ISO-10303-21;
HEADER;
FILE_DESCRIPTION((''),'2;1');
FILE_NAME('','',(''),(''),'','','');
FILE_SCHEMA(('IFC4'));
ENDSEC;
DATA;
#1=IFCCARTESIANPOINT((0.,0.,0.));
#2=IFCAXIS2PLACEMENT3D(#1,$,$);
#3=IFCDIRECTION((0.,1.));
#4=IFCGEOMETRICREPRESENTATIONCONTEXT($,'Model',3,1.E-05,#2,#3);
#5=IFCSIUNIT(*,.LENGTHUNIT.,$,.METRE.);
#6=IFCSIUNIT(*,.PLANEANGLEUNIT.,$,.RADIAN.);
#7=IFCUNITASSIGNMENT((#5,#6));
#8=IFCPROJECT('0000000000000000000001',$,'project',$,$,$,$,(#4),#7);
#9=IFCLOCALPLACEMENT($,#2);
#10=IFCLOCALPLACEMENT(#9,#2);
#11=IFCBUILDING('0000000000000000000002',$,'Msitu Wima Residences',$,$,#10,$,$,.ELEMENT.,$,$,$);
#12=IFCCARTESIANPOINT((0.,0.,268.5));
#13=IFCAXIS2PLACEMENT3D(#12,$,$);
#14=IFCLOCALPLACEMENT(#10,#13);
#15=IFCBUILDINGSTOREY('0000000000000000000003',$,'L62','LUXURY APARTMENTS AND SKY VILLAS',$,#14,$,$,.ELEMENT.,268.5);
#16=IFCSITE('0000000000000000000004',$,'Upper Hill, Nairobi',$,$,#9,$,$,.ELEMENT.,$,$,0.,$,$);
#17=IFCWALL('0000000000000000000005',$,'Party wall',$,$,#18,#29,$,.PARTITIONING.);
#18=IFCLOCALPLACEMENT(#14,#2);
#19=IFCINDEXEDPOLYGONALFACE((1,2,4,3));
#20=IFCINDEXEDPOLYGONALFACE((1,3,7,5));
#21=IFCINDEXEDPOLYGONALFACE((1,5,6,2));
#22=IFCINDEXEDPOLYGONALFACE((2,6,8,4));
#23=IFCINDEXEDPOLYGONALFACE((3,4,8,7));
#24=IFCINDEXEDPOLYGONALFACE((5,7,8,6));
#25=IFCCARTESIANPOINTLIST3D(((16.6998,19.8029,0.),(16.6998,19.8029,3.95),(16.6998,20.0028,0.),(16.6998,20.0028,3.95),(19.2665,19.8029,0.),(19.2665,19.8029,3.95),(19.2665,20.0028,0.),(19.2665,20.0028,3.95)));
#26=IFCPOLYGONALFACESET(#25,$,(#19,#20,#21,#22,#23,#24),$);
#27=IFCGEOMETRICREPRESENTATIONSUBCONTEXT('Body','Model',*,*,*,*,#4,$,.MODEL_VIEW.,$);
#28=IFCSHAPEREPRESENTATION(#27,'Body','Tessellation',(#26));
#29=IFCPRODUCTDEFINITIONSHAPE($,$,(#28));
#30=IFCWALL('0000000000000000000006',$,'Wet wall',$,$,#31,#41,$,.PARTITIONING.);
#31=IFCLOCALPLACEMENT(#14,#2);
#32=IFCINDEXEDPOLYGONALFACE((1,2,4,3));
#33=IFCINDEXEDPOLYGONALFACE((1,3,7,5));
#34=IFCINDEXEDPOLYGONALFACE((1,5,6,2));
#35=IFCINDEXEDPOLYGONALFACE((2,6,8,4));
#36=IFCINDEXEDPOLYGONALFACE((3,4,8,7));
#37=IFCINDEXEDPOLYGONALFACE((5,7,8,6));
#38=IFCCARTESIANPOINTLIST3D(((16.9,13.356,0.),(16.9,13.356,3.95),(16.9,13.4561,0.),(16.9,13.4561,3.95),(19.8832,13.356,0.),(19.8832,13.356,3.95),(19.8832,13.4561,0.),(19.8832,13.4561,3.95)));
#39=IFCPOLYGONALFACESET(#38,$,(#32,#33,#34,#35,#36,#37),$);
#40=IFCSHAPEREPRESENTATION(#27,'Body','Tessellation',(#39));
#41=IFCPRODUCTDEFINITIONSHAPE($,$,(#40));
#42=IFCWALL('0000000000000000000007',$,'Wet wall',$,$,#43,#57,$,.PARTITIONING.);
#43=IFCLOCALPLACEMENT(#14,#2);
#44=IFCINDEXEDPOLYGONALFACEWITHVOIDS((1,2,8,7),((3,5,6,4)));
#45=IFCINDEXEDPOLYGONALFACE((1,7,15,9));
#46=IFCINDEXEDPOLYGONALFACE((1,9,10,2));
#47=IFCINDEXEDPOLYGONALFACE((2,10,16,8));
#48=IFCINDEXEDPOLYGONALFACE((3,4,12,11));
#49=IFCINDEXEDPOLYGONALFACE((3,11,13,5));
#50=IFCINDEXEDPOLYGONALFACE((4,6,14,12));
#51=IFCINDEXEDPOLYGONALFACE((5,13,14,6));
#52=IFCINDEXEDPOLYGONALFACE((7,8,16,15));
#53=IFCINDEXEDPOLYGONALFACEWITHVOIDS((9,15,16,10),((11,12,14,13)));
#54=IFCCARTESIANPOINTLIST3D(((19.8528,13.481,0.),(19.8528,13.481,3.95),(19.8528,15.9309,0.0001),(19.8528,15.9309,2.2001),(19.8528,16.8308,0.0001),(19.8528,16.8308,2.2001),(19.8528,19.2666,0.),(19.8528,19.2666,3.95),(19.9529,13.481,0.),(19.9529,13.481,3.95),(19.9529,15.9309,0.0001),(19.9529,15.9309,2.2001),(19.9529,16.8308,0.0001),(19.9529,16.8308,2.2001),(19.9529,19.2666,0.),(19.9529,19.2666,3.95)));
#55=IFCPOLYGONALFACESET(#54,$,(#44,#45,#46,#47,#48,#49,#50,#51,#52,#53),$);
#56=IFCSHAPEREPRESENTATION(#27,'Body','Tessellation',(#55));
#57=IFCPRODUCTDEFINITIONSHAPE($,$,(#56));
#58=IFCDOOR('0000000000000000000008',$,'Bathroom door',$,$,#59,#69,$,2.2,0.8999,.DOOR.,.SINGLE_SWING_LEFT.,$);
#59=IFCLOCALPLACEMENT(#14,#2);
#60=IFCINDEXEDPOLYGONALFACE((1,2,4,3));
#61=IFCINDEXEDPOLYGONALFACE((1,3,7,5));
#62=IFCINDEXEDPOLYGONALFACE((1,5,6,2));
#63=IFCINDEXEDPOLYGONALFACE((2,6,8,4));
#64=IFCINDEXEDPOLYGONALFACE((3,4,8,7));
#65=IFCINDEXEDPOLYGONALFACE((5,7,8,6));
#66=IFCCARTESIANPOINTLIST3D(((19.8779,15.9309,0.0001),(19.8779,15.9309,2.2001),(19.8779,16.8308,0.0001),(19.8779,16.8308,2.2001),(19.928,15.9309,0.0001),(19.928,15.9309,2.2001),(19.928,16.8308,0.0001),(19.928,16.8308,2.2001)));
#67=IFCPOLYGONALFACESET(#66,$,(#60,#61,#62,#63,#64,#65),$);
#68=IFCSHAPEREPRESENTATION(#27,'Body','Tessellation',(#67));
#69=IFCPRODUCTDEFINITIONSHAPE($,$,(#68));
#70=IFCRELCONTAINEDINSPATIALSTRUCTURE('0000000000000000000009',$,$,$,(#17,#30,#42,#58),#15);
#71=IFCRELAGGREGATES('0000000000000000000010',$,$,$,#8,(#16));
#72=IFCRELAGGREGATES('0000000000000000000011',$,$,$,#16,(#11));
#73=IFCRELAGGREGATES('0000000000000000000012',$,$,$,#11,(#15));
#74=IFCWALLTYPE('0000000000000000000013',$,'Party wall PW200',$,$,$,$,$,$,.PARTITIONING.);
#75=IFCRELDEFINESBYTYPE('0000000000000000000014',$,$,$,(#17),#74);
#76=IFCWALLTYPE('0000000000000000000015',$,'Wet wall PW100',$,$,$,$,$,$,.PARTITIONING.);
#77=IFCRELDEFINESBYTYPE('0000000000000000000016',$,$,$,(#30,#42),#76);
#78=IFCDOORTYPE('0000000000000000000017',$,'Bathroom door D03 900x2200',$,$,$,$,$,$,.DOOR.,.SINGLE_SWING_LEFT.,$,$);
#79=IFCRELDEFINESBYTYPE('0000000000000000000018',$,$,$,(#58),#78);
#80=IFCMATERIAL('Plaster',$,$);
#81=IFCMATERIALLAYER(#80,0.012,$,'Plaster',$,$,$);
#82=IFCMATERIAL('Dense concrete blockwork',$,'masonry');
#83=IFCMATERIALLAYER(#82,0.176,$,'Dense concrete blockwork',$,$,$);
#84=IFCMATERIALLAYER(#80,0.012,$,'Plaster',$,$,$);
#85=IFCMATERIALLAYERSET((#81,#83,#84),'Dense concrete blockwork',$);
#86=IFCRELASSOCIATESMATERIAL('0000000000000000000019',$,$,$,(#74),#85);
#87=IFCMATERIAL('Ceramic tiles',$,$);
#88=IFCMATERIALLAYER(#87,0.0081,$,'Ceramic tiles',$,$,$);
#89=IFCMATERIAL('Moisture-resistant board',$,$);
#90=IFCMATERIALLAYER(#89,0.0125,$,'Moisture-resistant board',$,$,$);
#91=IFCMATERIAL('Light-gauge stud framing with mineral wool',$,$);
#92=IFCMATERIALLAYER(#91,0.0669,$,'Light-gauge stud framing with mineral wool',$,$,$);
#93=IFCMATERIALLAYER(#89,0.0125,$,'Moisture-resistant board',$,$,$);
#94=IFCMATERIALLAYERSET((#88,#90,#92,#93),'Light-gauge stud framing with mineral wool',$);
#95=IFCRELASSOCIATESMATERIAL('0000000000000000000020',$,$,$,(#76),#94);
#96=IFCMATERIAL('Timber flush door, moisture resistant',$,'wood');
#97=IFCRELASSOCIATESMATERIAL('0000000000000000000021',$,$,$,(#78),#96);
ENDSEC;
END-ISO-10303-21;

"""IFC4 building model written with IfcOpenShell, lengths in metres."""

from ifc_helpers import new_model, si_unit, direction, frame, frame_2d, origin, place, context, subcontext, project, spatial, rectangle, extrude, material, layer, layer_set, type_object, element, fill, save


model = new_model("IFC4")

# Units and contexts
model_context = context("Model", 3, precision=1e-05, world=origin(), true_north=direction((0.0, 1.0)))
body_context = subcontext(model_context, "Body", "Model", "MODEL_VIEW")
ifc_project = project(units=[si_unit("LENGTHUNIT", "METRE"), si_unit("PLANEANGLEUNIT", "RADIAN")], contexts=[model_context])

# Site, building, storey
site_placement = place(None, origin())
site = spatial("IfcSite", under=ifc_project, at=site_placement, Name="Upper Hill, Nairobi", CompositionType="ELEMENT", RefElevation=0.0)
building_placement = place(site_placement, origin())
building = spatial("IfcBuilding", under=site, at=building_placement, Name="Msitu Wima Residences", CompositionType="ELEMENT")
storey_placement = place(building_placement, frame((0.0, 0.0, 268.5)))
storey = spatial("IfcBuildingStorey", under=building, at=storey_placement, Name="L62", Description="LUXURY APARTMENTS AND SKY VILLAS", CompositionType="ELEMENT", Elevation=268.5)

# Shared definitions
ifc_material_1 = material(Name="Plaster")

# Walls
ifc_layer_1 = layer(ifc_material_1, 0.012, Name="Plaster")
ifc_material_2 = material(Name="Dense concrete blockwork", Category="masonry")
ifc_layer_2 = layer(ifc_material_2, 0.176, Name="Dense concrete blockwork")
ifc_layer_3 = layer(ifc_material_1, 0.012, Name="Plaster")
ifc_layer_set_1 = layer_set([ifc_layer_1, ifc_layer_2, ifc_layer_3], Name="Dense concrete blockwork")
wall_type_1 = type_object("IfcWallType", Name="Party wall PW200", PredefinedType="PARTITIONING", material=ifc_layer_set_1)
wall_1_placement = place(storey_placement, frame((16.7, 19.9028, 0.0), z_axis=(0.0, 0.0, 1.0), x_axis=(1.0, 0.0, 0.0)))
element("IfcWall", 1, at=wall_1_placement, inside=storey, type_object=wall_type_1, Name="Party wall", PredefinedType="PARTITIONING", context=body_context, shape_type="SweptSolid", body=[
    extrude(rectangle(XDim=2.5667, YDim=0.2, at=frame_2d((1.2832, 0.0))), origin(), (0.0, 0.0, 1.0), 3.95),
])
ifc_material_3 = material(Name="Ceramic tiles")
ifc_layer_4 = layer(ifc_material_3, 0.0081, Name="Ceramic tiles")
ifc_material_4 = material(Name="Moisture-resistant board")
ifc_layer_5 = layer(ifc_material_4, 0.0125, Name="Moisture-resistant board")
ifc_material_5 = material(Name="Light-gauge stud framing with mineral wool")
ifc_layer_6 = layer(ifc_material_5, 0.0669, Name="Light-gauge stud framing with mineral wool")
ifc_layer_7 = layer(ifc_material_4, 0.0125, Name="Moisture-resistant board")
ifc_layer_set_2 = layer_set([ifc_layer_4, ifc_layer_5, ifc_layer_6, ifc_layer_7], Name="Light-gauge stud framing with mineral wool")
wall_type_2 = type_object("IfcWallType", Name="Wet wall PW100", PredefinedType="PARTITIONING", material=ifc_layer_set_2)
wall_2_placement = place(storey_placement, frame((16.8999, 13.406, 0.0), z_axis=(0.0, 0.0, 1.0), x_axis=(1.0, 0.0, 0.0)))
element("IfcWall", 2, at=wall_2_placement, inside=storey, type_object=wall_type_2, Name="Wet wall", PredefinedType="PARTITIONING", context=body_context, shape_type="SweptSolid", body=[
    extrude(rectangle(XDim=2.9832, YDim=0.1001, at=frame_2d((1.4917, 0.0))), origin(), (0.0, 0.0, 1.0), 3.95),
])

# Wall, opening, door
wall_3_placement = place(storey_placement, frame((19.9028, 13.481, 0.0), z_axis=(0.0, 0.0, 1.0), x_axis=(0.0, 1.0, 0.0)))
wall_3 = element("IfcWall", 3, at=wall_3_placement, inside=storey, type_object=wall_type_2, Name="Wet wall", PredefinedType="PARTITIONING", context=body_context, shape_type="SweptSolid", body=[
    extrude(rectangle(XDim=5.7856, YDim=0.1001, at=frame_2d((2.8928, 0.0))), origin(), (0.0, 0.0, 1.0), 3.95),
])
opening_1_placement = place(wall_3_placement, frame((2.45, 0.0, 0.0)))
opening_1 = element("IfcOpeningElement", 4, at=opening_1_placement, cuts=wall_3, PredefinedType="OPENING", context=body_context, shape_type="SweptSolid", body=[
    extrude(rectangle(XDim=0.8999, YDim=2.2, at=frame_2d((0.45, 1.1001))), frame((0.0, 0.0601, 0.0), z_axis=(0.0, -1.0, 0.0), x_axis=(1.0, 0.0, 0.0)), (0.0, 0.0, 1.0), 0.1201),
])
ifc_material_6 = material(Name="Timber flush door, moisture resistant", Category="wood")
door_type_1 = type_object("IfcDoorType", Name="Bathroom door D03 900x2200", OperationType="SINGLE_SWING_LEFT", PredefinedType="DOOR", material=ifc_material_6)
door_1_placement = place(opening_1_placement, origin())
door_1 = element("IfcDoor", 5, at=door_1_placement, inside=storey, type_object=door_type_1, Name="Bathroom door", OperationType="SINGLE_SWING_LEFT", OverallHeight=2.2, OverallWidth=0.8999, PredefinedType="DOOR", context=body_context, shape_type="SweptSolid", body=[
    extrude(rectangle(XDim=0.8999, YDim=2.2, at=frame_2d((0.45, 1.1001))), frame((0.0, 0.0249, 0.0), z_axis=(0.0, -1.0, 0.0), x_axis=(1.0, 0.0, 0.0)), (0.0, 0.0, 1.0), 0.05),
])
fill(opening_1, door_1)

save(model, "model.ifc")
